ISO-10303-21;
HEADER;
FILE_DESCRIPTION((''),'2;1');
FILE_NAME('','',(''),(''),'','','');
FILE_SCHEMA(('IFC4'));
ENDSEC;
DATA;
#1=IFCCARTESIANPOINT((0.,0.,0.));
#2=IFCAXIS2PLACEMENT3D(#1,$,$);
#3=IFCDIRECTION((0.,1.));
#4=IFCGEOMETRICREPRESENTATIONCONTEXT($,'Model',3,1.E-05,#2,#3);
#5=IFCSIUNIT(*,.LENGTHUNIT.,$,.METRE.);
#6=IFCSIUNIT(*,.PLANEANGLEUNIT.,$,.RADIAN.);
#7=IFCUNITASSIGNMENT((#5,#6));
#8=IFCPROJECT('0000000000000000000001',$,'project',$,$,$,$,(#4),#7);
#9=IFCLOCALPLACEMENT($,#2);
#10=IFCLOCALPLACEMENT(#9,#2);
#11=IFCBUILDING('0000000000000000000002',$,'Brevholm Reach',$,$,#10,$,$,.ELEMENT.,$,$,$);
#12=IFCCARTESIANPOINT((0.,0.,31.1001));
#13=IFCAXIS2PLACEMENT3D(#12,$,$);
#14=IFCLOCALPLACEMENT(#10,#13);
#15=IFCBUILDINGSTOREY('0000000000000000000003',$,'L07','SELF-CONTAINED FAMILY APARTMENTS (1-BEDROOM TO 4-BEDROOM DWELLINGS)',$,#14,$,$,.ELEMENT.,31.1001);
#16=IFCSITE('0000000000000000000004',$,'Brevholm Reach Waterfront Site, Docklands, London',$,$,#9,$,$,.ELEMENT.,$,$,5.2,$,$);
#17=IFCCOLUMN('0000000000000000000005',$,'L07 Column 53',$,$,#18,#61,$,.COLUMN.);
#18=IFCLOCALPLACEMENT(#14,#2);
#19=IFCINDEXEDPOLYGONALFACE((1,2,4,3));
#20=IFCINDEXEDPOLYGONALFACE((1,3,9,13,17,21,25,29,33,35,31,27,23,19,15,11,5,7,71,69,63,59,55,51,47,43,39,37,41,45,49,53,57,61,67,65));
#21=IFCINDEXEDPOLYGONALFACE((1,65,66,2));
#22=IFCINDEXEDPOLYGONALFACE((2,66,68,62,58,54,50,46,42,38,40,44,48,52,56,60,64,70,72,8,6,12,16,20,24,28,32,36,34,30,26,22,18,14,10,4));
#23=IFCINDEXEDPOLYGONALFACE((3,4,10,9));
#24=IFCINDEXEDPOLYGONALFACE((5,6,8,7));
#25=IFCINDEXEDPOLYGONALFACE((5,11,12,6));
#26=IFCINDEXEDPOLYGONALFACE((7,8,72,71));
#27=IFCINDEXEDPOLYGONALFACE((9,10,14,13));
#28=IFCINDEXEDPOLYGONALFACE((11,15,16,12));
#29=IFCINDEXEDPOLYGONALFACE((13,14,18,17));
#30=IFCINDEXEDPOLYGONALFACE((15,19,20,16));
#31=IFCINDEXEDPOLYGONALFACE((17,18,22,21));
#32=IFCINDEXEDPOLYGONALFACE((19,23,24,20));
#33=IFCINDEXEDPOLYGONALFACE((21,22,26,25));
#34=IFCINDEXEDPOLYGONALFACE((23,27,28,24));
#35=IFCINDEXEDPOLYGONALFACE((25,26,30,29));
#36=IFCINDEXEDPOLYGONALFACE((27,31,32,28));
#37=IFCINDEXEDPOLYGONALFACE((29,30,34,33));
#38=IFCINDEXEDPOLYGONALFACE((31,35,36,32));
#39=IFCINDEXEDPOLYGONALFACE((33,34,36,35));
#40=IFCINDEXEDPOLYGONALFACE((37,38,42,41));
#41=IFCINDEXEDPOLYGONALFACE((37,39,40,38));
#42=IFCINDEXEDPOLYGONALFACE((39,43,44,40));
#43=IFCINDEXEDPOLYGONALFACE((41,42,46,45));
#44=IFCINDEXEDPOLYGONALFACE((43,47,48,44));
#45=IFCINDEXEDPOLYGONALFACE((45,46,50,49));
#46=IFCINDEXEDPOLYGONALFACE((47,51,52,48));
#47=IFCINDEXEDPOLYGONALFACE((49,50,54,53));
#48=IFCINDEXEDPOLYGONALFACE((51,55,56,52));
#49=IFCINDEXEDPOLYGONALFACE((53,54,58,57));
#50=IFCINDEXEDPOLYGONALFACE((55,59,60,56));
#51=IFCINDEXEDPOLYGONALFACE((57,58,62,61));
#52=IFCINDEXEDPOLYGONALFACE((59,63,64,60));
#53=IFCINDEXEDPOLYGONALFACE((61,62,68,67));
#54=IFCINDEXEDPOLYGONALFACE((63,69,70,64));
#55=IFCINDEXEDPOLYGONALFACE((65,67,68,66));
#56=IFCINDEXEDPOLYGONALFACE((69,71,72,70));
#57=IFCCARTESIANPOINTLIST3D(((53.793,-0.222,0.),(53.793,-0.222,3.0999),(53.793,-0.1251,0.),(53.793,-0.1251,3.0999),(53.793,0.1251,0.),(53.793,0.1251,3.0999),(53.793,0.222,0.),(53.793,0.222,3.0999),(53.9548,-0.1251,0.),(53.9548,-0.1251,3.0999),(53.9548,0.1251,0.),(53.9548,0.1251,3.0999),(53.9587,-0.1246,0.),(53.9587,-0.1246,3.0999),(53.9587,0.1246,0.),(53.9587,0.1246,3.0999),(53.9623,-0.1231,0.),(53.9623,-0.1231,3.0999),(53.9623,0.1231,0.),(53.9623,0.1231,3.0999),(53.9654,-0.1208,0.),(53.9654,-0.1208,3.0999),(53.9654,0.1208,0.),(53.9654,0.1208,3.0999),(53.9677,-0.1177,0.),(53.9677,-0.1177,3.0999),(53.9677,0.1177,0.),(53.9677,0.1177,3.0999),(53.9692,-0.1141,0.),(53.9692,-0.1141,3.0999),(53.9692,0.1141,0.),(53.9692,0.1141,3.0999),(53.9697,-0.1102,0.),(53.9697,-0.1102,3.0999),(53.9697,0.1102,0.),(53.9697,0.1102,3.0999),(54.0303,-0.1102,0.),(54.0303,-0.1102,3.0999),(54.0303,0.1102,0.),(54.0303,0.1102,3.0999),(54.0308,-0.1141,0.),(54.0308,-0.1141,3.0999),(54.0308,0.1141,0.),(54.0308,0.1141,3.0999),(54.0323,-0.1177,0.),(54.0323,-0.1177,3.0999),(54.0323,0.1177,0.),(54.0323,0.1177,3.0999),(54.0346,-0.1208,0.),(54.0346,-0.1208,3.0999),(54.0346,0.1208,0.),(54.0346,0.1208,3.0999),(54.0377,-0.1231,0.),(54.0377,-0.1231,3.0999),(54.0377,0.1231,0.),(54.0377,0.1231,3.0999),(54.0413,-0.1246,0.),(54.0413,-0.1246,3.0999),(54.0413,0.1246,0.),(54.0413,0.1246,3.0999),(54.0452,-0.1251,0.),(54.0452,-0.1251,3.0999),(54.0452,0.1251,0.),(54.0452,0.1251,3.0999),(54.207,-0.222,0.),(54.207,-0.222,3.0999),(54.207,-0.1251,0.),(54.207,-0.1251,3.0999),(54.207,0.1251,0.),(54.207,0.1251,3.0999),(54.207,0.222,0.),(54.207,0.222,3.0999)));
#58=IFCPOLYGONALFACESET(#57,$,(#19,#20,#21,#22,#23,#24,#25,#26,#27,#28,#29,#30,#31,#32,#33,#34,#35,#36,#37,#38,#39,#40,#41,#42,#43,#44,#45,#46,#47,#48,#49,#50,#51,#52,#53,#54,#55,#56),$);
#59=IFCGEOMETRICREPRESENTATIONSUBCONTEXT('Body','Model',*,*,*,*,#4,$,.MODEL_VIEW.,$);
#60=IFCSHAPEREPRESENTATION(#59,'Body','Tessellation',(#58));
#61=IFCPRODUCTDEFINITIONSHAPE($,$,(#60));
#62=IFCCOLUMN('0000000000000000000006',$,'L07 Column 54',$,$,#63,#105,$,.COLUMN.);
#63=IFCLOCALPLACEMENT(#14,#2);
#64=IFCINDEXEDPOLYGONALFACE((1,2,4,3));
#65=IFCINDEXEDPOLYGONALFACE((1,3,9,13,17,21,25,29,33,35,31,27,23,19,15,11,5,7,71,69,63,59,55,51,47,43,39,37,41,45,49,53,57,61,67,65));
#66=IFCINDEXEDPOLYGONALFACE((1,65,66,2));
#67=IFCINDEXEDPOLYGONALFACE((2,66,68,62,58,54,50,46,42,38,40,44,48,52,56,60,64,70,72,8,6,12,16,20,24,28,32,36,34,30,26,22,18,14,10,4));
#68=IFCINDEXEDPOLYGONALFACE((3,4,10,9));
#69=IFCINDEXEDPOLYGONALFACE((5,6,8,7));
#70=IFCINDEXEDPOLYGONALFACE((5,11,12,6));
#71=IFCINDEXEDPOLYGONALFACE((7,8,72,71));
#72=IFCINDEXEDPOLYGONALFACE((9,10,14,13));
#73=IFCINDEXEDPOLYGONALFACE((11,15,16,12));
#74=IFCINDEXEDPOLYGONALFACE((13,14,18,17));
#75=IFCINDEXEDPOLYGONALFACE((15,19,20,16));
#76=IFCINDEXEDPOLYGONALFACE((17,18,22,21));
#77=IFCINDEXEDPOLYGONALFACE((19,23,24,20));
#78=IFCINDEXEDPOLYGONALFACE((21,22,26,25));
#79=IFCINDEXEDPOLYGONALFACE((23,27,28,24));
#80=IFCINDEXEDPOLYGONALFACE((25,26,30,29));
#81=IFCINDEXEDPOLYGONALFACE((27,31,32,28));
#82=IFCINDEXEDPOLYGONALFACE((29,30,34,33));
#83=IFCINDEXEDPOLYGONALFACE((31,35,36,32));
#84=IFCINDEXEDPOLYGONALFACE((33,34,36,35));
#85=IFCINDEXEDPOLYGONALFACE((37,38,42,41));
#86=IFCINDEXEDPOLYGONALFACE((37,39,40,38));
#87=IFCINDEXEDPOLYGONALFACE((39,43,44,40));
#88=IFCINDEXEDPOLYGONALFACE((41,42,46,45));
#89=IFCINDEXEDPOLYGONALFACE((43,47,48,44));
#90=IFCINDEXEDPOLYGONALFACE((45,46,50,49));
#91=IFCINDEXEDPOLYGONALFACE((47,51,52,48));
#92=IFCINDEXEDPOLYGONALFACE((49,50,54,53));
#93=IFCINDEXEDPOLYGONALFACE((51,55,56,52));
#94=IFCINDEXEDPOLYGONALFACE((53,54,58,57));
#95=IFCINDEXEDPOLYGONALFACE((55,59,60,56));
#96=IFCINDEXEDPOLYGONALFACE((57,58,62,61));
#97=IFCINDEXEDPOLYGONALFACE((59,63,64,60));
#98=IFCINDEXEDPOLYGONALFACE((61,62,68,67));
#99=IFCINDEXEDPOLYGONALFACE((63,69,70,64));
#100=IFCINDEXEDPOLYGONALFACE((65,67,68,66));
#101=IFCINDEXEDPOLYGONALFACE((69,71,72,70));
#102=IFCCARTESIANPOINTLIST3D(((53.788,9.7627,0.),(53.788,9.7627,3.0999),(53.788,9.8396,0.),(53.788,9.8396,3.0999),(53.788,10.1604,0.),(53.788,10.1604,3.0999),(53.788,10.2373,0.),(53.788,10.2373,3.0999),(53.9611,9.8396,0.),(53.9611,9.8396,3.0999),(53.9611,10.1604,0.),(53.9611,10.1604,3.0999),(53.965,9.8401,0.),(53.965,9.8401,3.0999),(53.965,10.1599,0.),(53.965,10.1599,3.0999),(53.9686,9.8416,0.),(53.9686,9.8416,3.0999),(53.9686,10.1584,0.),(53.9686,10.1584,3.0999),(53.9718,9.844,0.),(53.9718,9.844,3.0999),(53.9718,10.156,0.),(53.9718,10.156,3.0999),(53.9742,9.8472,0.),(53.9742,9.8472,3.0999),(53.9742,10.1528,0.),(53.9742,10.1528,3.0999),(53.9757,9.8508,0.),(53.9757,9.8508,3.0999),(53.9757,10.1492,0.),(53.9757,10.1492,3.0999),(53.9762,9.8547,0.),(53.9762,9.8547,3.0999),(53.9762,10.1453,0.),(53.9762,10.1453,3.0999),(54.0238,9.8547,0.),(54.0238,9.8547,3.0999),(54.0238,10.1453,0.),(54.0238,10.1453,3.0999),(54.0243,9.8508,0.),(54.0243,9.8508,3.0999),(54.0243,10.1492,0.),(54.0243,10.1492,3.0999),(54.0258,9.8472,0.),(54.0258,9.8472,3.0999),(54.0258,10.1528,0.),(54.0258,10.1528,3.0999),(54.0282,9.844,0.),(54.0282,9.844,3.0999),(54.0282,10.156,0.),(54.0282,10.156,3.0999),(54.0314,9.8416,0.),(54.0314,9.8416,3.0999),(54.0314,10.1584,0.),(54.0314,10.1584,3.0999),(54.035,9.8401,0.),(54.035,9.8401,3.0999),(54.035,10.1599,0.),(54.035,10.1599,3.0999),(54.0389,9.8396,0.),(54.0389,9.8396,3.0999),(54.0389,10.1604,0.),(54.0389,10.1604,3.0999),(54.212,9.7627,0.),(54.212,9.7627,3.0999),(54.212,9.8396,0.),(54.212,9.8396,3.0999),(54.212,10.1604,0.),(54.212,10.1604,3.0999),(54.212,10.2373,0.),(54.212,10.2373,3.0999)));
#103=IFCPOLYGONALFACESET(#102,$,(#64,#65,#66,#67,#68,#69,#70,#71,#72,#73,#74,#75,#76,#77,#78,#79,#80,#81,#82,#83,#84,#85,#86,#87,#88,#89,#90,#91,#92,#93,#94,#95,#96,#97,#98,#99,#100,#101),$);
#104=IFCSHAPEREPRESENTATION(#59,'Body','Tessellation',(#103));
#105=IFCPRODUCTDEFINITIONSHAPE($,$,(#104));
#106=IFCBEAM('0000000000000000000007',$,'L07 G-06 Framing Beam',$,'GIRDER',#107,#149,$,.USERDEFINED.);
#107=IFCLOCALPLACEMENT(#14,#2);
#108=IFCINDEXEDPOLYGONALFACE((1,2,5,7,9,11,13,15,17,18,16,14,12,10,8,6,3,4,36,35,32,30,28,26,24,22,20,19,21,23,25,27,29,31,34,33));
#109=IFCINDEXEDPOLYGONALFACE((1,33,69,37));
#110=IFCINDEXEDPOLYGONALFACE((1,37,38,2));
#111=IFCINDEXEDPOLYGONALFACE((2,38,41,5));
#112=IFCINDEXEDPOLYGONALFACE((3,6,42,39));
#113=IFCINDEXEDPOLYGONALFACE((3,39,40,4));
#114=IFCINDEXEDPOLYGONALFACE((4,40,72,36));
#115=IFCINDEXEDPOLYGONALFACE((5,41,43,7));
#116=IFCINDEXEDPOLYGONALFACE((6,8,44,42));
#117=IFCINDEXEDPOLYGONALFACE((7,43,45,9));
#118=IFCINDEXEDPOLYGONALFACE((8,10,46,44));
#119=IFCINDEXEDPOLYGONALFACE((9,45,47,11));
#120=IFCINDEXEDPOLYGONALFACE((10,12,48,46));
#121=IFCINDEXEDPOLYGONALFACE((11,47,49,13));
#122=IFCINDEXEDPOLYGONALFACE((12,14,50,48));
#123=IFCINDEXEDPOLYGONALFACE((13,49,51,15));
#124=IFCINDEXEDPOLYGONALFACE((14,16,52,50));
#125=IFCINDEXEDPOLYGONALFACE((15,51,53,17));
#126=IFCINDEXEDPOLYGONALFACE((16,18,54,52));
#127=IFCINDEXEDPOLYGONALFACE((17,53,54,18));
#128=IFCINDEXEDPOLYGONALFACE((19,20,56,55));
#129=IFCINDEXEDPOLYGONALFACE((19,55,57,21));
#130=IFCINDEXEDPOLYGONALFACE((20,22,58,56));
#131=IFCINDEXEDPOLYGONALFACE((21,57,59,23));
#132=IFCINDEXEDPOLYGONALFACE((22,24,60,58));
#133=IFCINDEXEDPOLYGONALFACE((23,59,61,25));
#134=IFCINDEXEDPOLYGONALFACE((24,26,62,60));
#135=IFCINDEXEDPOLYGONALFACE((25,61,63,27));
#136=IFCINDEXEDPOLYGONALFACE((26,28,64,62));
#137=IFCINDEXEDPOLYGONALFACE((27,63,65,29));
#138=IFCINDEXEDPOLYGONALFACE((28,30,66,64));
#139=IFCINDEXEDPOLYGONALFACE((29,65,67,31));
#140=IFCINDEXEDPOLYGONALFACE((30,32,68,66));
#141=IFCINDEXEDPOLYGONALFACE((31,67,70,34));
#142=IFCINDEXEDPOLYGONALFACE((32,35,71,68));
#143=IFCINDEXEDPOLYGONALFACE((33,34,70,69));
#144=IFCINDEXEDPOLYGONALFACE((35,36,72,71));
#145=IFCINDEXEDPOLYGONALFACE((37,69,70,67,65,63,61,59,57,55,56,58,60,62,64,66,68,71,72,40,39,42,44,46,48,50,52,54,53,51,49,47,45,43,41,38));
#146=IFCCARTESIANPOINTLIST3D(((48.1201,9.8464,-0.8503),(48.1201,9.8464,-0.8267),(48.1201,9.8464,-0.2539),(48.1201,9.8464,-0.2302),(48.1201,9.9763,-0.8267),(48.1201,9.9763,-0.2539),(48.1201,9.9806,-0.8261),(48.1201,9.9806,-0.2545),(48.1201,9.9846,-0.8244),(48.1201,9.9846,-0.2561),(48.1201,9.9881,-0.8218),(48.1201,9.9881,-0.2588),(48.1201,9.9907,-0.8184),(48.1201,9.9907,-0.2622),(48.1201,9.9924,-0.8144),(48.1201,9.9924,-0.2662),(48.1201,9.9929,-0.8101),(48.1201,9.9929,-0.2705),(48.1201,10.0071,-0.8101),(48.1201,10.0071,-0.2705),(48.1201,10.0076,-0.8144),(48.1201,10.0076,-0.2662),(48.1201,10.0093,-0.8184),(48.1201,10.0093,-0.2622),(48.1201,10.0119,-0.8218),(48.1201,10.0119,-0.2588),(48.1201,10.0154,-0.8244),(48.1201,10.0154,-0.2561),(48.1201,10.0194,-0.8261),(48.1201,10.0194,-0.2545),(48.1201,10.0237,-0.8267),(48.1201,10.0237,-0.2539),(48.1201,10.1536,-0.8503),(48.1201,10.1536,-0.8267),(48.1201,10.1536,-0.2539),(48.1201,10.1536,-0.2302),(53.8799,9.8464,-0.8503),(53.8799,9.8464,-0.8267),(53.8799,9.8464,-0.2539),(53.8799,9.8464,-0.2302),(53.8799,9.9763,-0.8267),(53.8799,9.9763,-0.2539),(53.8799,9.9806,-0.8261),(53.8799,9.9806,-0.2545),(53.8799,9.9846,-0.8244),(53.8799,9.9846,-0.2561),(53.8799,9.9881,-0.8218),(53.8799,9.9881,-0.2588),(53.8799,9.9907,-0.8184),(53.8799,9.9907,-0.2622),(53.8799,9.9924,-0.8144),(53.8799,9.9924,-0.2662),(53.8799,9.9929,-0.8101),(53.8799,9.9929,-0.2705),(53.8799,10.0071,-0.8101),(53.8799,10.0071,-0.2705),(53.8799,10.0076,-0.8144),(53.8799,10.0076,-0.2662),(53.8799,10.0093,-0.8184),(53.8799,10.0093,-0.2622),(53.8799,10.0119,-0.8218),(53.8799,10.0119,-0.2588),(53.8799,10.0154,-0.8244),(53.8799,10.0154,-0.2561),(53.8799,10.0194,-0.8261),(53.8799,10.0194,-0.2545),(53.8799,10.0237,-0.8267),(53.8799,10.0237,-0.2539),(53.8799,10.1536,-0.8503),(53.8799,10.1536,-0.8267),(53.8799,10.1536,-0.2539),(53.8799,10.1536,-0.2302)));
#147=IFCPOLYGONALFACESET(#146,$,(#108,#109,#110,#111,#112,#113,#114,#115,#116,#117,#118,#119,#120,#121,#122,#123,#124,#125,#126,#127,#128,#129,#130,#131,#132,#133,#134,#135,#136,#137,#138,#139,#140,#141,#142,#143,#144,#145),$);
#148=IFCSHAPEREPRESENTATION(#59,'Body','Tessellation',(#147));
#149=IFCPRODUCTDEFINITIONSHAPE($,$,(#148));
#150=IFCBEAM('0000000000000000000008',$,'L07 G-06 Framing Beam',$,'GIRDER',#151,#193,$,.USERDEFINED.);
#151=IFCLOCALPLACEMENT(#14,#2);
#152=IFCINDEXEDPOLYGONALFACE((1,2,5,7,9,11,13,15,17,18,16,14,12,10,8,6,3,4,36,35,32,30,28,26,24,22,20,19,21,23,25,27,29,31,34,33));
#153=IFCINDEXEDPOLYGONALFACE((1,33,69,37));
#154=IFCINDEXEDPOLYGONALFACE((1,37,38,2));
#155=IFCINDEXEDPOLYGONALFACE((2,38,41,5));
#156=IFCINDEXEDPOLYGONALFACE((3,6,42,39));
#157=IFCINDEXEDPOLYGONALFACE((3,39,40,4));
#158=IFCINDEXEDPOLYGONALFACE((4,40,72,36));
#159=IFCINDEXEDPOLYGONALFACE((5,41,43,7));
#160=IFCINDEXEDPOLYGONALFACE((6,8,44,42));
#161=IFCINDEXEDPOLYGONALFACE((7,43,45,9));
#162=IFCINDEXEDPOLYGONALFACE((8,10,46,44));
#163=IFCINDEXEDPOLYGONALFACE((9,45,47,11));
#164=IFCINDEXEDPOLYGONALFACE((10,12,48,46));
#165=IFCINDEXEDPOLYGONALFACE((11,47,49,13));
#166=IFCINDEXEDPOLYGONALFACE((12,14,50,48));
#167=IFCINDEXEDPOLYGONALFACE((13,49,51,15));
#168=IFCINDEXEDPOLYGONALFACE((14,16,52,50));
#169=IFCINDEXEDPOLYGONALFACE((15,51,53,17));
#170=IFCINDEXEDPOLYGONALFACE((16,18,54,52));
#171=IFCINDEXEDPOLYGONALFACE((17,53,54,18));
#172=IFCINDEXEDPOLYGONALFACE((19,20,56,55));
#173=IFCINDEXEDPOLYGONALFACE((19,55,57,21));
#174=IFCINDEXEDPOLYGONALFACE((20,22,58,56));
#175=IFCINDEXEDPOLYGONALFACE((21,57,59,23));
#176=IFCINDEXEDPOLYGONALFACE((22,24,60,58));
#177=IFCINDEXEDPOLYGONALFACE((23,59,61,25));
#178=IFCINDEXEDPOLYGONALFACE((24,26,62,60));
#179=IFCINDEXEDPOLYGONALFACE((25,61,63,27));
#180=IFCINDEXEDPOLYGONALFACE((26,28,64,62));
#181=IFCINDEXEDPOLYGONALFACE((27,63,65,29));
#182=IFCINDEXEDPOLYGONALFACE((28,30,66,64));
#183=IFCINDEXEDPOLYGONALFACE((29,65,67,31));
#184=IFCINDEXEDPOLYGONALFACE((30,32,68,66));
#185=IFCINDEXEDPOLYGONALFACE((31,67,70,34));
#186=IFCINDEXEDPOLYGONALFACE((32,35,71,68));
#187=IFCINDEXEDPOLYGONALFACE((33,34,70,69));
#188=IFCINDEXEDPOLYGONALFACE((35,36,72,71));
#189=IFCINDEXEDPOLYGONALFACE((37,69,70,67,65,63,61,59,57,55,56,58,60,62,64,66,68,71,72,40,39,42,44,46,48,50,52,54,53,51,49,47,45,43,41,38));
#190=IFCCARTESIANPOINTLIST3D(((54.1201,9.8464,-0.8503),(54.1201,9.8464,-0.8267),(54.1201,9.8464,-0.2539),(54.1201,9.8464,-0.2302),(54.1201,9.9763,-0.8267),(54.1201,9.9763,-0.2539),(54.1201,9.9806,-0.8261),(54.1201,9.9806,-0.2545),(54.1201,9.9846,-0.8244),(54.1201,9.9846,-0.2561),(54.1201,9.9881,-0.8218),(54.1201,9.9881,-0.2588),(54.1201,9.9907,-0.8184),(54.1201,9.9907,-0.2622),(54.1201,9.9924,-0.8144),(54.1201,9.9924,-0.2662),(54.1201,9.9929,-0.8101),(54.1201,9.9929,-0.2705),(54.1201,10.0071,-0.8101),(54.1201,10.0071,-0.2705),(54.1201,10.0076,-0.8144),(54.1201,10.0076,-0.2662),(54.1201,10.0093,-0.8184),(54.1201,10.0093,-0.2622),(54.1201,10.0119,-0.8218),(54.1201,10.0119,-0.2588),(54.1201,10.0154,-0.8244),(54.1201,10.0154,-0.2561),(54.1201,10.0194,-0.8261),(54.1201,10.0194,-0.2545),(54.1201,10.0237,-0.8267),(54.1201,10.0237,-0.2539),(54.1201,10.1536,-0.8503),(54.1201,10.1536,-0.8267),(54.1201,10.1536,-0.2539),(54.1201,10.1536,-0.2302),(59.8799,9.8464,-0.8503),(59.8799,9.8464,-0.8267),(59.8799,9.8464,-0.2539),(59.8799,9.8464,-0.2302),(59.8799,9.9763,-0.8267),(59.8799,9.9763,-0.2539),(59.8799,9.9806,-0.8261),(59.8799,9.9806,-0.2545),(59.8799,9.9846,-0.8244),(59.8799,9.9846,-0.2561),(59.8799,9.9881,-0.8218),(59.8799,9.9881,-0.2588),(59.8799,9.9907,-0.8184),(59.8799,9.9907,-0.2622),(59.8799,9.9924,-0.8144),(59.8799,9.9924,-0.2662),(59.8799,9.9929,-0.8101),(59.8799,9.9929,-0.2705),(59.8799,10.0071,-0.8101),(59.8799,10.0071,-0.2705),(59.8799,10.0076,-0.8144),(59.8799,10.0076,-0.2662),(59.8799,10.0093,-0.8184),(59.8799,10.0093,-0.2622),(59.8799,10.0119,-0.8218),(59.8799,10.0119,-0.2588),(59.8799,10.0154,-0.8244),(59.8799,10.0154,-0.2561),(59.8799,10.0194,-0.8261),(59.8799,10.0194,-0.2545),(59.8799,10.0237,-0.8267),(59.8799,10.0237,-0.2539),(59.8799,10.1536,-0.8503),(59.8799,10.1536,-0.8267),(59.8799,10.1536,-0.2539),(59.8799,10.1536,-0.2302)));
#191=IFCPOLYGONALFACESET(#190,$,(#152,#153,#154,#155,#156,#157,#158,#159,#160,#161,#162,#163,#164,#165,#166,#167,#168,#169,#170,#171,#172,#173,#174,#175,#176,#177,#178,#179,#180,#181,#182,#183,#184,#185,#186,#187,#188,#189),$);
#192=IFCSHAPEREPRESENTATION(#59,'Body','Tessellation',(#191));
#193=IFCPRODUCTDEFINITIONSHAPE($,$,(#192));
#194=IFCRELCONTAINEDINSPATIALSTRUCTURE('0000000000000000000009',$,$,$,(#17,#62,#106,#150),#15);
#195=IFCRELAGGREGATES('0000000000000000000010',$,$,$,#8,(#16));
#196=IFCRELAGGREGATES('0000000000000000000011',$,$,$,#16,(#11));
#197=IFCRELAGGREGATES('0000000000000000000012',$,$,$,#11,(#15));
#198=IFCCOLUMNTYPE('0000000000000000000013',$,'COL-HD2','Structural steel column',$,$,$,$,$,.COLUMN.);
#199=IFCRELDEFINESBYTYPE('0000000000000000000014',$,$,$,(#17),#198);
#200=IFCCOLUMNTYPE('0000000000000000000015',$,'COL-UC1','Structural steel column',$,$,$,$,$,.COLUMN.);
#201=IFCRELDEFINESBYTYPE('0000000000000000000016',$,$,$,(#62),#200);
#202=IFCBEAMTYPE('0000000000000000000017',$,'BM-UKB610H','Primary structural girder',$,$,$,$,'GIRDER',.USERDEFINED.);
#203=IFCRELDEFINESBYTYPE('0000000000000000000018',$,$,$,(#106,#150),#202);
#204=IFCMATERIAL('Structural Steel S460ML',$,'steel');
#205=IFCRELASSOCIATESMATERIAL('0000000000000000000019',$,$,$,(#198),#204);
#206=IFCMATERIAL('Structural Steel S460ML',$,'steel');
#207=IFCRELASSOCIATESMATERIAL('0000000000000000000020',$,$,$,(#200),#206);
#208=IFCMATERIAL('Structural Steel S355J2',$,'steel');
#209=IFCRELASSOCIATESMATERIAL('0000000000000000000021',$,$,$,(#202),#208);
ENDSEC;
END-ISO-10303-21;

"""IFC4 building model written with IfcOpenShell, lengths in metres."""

from ifc_helpers import new_model, si_unit, direction, frame, origin, origin_2d, place, context, subcontext, project, spatial, i_section, extrude, material, material_profile, profile_set, type_object, element, save


model = new_model("IFC4")

# Units and contexts
model_context = context("Model", 3, precision=1e-05, world=origin(), true_north=direction((0.0, 1.0)))
body_context = subcontext(model_context, "Body", "Model", "MODEL_VIEW")
ifc_project = project(units=[si_unit("LENGTHUNIT", "METRE"), si_unit("PLANEANGLEUNIT", "RADIAN")], contexts=[model_context])

# Site, building, storey
site_placement = place(None, origin())
site = spatial("IfcSite", under=ifc_project, at=site_placement, Name="Brevholm Reach Waterfront Site, Docklands, London", CompositionType="ELEMENT", RefElevation=5.2)
building_placement = place(site_placement, origin())
building = spatial("IfcBuilding", under=site, at=building_placement, Name="Brevholm Reach", CompositionType="ELEMENT")
storey_placement = place(building_placement, frame((0.0, 0.0, 31.1001)))
storey = spatial("IfcBuildingStorey", under=building, at=storey_placement, Name="L07", Description="SELF-CONTAINED FAMILY APARTMENTS (1-BEDROOM TO 4-BEDROOM DWELLINGS)", CompositionType="ELEMENT", Elevation=31.1001)

# Columns
ifc_material_1 = material(Name="Structural Steel S460ML", Category="steel")
ifc_material_profile_1 = material_profile(ifc_material_1, i_section(OverallWidth=0.4141, OverallDepth=0.4441, WebThickness=0.0605, FlangeThickness=0.0969, FilletRadius=0.0149, at=origin_2d()), Name="HD 400x818")
ifc_profile_set_1 = profile_set([ifc_material_profile_1], Name="Structural Steel S460ML")
column_type_1 = type_object("IfcColumnType", Name="COL-HD2", Description="Structural steel column", PredefinedType="COLUMN", material=ifc_profile_set_1)
column_1_placement = place(storey_placement, frame((54.0, 0.0, 0.0), z_axis=(0.0, 0.0, 1.0), x_axis=(1.0, 0.0, 0.0)))
element("IfcColumn", 1, at=column_1_placement, inside=storey, type_object=column_type_1, Name="L07 Column 53", PredefinedType="COLUMN", context=body_context, shape_type="SweptSolid", body=[
    extrude(i_section(OverallWidth=0.4141, OverallDepth=0.4441, WebThickness=0.0605, FlangeThickness=0.0969, FilletRadius=0.0149, at=origin_2d()), origin(), (0.0, 0.0, 1.0), 3.0999),
])
ifc_material_2 = material(Name="Structural Steel S460ML", Category="steel")
ifc_material_profile_2 = material_profile(ifc_material_2, i_section(OverallWidth=0.4241, OverallDepth=0.4746, WebThickness=0.0476, FlangeThickness=0.0769, FilletRadius=0.0151, at=origin_2d()), Name="UKC 356x406x634")
ifc_profile_set_2 = profile_set([ifc_material_profile_2], Name="Structural Steel S460ML")
column_type_2 = type_object("IfcColumnType", Name="COL-UC1", Description="Structural steel column", PredefinedType="COLUMN", material=ifc_profile_set_2)
column_2_placement = place(storey_placement, frame((54.0, 10.0, 0.0), z_axis=(0.0, 0.0, 1.0), x_axis=(1.0, 0.0, 0.0)))
element("IfcColumn", 2, at=column_2_placement, inside=storey, type_object=column_type_2, Name="L07 Column 54", PredefinedType="COLUMN", context=body_context, shape_type="SweptSolid", body=[
    extrude(i_section(OverallWidth=0.4241, OverallDepth=0.4746, WebThickness=0.0476, FlangeThickness=0.0769, FilletRadius=0.0151, at=origin_2d()), origin(), (0.0, 0.0, 1.0), 3.0999),
])

# Beams
ifc_material_3 = material(Name="Structural Steel S355J2", Category="steel")
ifc_material_profile_3 = material_profile(ifc_material_3, i_section(OverallWidth=0.3071, OverallDepth=0.6201, WebThickness=0.0142, FlangeThickness=0.0237, FilletRadius=0.0166, at=origin_2d()), Name="UKB 610x305x179")
ifc_profile_set_3 = profile_set([ifc_material_profile_3], Name="Structural Steel S355J2")
beam_type = type_object("IfcBeamType", Name="BM-UKB610H", Description="Primary structural girder", ElementType="GIRDER", PredefinedType="USERDEFINED", material=ifc_profile_set_3)
for number, where, z_axis, x_axis, name in (
    (3, (48.1201, 10.0, -0.5403), (1.0, 0.0, 0.0), (0.0, 1.0, 0.0), "L07 G-06 Framing Beam"),
    (4, (54.1201, 10.0, -0.5403), (1.0, 0.0, 0.0), (0.0, 1.0, 0.0), "L07 G-06 Framing Beam"),
):
    element("IfcBeam", number, at=place(storey_placement, frame(where, z_axis=z_axis, x_axis=x_axis)), inside=storey, type_object=beam_type, Name=name, ObjectType="GIRDER", PredefinedType="USERDEFINED", context=body_context, shape_type="SweptSolid", body=[
        extrude(i_section(OverallWidth=0.3071, OverallDepth=0.6201, WebThickness=0.0142, FlangeThickness=0.0237, FilletRadius=0.0166, at=origin_2d()), origin(), (0.0, 0.0, 1.0), 5.7598),
    ])

save(model, "model.ifc")
